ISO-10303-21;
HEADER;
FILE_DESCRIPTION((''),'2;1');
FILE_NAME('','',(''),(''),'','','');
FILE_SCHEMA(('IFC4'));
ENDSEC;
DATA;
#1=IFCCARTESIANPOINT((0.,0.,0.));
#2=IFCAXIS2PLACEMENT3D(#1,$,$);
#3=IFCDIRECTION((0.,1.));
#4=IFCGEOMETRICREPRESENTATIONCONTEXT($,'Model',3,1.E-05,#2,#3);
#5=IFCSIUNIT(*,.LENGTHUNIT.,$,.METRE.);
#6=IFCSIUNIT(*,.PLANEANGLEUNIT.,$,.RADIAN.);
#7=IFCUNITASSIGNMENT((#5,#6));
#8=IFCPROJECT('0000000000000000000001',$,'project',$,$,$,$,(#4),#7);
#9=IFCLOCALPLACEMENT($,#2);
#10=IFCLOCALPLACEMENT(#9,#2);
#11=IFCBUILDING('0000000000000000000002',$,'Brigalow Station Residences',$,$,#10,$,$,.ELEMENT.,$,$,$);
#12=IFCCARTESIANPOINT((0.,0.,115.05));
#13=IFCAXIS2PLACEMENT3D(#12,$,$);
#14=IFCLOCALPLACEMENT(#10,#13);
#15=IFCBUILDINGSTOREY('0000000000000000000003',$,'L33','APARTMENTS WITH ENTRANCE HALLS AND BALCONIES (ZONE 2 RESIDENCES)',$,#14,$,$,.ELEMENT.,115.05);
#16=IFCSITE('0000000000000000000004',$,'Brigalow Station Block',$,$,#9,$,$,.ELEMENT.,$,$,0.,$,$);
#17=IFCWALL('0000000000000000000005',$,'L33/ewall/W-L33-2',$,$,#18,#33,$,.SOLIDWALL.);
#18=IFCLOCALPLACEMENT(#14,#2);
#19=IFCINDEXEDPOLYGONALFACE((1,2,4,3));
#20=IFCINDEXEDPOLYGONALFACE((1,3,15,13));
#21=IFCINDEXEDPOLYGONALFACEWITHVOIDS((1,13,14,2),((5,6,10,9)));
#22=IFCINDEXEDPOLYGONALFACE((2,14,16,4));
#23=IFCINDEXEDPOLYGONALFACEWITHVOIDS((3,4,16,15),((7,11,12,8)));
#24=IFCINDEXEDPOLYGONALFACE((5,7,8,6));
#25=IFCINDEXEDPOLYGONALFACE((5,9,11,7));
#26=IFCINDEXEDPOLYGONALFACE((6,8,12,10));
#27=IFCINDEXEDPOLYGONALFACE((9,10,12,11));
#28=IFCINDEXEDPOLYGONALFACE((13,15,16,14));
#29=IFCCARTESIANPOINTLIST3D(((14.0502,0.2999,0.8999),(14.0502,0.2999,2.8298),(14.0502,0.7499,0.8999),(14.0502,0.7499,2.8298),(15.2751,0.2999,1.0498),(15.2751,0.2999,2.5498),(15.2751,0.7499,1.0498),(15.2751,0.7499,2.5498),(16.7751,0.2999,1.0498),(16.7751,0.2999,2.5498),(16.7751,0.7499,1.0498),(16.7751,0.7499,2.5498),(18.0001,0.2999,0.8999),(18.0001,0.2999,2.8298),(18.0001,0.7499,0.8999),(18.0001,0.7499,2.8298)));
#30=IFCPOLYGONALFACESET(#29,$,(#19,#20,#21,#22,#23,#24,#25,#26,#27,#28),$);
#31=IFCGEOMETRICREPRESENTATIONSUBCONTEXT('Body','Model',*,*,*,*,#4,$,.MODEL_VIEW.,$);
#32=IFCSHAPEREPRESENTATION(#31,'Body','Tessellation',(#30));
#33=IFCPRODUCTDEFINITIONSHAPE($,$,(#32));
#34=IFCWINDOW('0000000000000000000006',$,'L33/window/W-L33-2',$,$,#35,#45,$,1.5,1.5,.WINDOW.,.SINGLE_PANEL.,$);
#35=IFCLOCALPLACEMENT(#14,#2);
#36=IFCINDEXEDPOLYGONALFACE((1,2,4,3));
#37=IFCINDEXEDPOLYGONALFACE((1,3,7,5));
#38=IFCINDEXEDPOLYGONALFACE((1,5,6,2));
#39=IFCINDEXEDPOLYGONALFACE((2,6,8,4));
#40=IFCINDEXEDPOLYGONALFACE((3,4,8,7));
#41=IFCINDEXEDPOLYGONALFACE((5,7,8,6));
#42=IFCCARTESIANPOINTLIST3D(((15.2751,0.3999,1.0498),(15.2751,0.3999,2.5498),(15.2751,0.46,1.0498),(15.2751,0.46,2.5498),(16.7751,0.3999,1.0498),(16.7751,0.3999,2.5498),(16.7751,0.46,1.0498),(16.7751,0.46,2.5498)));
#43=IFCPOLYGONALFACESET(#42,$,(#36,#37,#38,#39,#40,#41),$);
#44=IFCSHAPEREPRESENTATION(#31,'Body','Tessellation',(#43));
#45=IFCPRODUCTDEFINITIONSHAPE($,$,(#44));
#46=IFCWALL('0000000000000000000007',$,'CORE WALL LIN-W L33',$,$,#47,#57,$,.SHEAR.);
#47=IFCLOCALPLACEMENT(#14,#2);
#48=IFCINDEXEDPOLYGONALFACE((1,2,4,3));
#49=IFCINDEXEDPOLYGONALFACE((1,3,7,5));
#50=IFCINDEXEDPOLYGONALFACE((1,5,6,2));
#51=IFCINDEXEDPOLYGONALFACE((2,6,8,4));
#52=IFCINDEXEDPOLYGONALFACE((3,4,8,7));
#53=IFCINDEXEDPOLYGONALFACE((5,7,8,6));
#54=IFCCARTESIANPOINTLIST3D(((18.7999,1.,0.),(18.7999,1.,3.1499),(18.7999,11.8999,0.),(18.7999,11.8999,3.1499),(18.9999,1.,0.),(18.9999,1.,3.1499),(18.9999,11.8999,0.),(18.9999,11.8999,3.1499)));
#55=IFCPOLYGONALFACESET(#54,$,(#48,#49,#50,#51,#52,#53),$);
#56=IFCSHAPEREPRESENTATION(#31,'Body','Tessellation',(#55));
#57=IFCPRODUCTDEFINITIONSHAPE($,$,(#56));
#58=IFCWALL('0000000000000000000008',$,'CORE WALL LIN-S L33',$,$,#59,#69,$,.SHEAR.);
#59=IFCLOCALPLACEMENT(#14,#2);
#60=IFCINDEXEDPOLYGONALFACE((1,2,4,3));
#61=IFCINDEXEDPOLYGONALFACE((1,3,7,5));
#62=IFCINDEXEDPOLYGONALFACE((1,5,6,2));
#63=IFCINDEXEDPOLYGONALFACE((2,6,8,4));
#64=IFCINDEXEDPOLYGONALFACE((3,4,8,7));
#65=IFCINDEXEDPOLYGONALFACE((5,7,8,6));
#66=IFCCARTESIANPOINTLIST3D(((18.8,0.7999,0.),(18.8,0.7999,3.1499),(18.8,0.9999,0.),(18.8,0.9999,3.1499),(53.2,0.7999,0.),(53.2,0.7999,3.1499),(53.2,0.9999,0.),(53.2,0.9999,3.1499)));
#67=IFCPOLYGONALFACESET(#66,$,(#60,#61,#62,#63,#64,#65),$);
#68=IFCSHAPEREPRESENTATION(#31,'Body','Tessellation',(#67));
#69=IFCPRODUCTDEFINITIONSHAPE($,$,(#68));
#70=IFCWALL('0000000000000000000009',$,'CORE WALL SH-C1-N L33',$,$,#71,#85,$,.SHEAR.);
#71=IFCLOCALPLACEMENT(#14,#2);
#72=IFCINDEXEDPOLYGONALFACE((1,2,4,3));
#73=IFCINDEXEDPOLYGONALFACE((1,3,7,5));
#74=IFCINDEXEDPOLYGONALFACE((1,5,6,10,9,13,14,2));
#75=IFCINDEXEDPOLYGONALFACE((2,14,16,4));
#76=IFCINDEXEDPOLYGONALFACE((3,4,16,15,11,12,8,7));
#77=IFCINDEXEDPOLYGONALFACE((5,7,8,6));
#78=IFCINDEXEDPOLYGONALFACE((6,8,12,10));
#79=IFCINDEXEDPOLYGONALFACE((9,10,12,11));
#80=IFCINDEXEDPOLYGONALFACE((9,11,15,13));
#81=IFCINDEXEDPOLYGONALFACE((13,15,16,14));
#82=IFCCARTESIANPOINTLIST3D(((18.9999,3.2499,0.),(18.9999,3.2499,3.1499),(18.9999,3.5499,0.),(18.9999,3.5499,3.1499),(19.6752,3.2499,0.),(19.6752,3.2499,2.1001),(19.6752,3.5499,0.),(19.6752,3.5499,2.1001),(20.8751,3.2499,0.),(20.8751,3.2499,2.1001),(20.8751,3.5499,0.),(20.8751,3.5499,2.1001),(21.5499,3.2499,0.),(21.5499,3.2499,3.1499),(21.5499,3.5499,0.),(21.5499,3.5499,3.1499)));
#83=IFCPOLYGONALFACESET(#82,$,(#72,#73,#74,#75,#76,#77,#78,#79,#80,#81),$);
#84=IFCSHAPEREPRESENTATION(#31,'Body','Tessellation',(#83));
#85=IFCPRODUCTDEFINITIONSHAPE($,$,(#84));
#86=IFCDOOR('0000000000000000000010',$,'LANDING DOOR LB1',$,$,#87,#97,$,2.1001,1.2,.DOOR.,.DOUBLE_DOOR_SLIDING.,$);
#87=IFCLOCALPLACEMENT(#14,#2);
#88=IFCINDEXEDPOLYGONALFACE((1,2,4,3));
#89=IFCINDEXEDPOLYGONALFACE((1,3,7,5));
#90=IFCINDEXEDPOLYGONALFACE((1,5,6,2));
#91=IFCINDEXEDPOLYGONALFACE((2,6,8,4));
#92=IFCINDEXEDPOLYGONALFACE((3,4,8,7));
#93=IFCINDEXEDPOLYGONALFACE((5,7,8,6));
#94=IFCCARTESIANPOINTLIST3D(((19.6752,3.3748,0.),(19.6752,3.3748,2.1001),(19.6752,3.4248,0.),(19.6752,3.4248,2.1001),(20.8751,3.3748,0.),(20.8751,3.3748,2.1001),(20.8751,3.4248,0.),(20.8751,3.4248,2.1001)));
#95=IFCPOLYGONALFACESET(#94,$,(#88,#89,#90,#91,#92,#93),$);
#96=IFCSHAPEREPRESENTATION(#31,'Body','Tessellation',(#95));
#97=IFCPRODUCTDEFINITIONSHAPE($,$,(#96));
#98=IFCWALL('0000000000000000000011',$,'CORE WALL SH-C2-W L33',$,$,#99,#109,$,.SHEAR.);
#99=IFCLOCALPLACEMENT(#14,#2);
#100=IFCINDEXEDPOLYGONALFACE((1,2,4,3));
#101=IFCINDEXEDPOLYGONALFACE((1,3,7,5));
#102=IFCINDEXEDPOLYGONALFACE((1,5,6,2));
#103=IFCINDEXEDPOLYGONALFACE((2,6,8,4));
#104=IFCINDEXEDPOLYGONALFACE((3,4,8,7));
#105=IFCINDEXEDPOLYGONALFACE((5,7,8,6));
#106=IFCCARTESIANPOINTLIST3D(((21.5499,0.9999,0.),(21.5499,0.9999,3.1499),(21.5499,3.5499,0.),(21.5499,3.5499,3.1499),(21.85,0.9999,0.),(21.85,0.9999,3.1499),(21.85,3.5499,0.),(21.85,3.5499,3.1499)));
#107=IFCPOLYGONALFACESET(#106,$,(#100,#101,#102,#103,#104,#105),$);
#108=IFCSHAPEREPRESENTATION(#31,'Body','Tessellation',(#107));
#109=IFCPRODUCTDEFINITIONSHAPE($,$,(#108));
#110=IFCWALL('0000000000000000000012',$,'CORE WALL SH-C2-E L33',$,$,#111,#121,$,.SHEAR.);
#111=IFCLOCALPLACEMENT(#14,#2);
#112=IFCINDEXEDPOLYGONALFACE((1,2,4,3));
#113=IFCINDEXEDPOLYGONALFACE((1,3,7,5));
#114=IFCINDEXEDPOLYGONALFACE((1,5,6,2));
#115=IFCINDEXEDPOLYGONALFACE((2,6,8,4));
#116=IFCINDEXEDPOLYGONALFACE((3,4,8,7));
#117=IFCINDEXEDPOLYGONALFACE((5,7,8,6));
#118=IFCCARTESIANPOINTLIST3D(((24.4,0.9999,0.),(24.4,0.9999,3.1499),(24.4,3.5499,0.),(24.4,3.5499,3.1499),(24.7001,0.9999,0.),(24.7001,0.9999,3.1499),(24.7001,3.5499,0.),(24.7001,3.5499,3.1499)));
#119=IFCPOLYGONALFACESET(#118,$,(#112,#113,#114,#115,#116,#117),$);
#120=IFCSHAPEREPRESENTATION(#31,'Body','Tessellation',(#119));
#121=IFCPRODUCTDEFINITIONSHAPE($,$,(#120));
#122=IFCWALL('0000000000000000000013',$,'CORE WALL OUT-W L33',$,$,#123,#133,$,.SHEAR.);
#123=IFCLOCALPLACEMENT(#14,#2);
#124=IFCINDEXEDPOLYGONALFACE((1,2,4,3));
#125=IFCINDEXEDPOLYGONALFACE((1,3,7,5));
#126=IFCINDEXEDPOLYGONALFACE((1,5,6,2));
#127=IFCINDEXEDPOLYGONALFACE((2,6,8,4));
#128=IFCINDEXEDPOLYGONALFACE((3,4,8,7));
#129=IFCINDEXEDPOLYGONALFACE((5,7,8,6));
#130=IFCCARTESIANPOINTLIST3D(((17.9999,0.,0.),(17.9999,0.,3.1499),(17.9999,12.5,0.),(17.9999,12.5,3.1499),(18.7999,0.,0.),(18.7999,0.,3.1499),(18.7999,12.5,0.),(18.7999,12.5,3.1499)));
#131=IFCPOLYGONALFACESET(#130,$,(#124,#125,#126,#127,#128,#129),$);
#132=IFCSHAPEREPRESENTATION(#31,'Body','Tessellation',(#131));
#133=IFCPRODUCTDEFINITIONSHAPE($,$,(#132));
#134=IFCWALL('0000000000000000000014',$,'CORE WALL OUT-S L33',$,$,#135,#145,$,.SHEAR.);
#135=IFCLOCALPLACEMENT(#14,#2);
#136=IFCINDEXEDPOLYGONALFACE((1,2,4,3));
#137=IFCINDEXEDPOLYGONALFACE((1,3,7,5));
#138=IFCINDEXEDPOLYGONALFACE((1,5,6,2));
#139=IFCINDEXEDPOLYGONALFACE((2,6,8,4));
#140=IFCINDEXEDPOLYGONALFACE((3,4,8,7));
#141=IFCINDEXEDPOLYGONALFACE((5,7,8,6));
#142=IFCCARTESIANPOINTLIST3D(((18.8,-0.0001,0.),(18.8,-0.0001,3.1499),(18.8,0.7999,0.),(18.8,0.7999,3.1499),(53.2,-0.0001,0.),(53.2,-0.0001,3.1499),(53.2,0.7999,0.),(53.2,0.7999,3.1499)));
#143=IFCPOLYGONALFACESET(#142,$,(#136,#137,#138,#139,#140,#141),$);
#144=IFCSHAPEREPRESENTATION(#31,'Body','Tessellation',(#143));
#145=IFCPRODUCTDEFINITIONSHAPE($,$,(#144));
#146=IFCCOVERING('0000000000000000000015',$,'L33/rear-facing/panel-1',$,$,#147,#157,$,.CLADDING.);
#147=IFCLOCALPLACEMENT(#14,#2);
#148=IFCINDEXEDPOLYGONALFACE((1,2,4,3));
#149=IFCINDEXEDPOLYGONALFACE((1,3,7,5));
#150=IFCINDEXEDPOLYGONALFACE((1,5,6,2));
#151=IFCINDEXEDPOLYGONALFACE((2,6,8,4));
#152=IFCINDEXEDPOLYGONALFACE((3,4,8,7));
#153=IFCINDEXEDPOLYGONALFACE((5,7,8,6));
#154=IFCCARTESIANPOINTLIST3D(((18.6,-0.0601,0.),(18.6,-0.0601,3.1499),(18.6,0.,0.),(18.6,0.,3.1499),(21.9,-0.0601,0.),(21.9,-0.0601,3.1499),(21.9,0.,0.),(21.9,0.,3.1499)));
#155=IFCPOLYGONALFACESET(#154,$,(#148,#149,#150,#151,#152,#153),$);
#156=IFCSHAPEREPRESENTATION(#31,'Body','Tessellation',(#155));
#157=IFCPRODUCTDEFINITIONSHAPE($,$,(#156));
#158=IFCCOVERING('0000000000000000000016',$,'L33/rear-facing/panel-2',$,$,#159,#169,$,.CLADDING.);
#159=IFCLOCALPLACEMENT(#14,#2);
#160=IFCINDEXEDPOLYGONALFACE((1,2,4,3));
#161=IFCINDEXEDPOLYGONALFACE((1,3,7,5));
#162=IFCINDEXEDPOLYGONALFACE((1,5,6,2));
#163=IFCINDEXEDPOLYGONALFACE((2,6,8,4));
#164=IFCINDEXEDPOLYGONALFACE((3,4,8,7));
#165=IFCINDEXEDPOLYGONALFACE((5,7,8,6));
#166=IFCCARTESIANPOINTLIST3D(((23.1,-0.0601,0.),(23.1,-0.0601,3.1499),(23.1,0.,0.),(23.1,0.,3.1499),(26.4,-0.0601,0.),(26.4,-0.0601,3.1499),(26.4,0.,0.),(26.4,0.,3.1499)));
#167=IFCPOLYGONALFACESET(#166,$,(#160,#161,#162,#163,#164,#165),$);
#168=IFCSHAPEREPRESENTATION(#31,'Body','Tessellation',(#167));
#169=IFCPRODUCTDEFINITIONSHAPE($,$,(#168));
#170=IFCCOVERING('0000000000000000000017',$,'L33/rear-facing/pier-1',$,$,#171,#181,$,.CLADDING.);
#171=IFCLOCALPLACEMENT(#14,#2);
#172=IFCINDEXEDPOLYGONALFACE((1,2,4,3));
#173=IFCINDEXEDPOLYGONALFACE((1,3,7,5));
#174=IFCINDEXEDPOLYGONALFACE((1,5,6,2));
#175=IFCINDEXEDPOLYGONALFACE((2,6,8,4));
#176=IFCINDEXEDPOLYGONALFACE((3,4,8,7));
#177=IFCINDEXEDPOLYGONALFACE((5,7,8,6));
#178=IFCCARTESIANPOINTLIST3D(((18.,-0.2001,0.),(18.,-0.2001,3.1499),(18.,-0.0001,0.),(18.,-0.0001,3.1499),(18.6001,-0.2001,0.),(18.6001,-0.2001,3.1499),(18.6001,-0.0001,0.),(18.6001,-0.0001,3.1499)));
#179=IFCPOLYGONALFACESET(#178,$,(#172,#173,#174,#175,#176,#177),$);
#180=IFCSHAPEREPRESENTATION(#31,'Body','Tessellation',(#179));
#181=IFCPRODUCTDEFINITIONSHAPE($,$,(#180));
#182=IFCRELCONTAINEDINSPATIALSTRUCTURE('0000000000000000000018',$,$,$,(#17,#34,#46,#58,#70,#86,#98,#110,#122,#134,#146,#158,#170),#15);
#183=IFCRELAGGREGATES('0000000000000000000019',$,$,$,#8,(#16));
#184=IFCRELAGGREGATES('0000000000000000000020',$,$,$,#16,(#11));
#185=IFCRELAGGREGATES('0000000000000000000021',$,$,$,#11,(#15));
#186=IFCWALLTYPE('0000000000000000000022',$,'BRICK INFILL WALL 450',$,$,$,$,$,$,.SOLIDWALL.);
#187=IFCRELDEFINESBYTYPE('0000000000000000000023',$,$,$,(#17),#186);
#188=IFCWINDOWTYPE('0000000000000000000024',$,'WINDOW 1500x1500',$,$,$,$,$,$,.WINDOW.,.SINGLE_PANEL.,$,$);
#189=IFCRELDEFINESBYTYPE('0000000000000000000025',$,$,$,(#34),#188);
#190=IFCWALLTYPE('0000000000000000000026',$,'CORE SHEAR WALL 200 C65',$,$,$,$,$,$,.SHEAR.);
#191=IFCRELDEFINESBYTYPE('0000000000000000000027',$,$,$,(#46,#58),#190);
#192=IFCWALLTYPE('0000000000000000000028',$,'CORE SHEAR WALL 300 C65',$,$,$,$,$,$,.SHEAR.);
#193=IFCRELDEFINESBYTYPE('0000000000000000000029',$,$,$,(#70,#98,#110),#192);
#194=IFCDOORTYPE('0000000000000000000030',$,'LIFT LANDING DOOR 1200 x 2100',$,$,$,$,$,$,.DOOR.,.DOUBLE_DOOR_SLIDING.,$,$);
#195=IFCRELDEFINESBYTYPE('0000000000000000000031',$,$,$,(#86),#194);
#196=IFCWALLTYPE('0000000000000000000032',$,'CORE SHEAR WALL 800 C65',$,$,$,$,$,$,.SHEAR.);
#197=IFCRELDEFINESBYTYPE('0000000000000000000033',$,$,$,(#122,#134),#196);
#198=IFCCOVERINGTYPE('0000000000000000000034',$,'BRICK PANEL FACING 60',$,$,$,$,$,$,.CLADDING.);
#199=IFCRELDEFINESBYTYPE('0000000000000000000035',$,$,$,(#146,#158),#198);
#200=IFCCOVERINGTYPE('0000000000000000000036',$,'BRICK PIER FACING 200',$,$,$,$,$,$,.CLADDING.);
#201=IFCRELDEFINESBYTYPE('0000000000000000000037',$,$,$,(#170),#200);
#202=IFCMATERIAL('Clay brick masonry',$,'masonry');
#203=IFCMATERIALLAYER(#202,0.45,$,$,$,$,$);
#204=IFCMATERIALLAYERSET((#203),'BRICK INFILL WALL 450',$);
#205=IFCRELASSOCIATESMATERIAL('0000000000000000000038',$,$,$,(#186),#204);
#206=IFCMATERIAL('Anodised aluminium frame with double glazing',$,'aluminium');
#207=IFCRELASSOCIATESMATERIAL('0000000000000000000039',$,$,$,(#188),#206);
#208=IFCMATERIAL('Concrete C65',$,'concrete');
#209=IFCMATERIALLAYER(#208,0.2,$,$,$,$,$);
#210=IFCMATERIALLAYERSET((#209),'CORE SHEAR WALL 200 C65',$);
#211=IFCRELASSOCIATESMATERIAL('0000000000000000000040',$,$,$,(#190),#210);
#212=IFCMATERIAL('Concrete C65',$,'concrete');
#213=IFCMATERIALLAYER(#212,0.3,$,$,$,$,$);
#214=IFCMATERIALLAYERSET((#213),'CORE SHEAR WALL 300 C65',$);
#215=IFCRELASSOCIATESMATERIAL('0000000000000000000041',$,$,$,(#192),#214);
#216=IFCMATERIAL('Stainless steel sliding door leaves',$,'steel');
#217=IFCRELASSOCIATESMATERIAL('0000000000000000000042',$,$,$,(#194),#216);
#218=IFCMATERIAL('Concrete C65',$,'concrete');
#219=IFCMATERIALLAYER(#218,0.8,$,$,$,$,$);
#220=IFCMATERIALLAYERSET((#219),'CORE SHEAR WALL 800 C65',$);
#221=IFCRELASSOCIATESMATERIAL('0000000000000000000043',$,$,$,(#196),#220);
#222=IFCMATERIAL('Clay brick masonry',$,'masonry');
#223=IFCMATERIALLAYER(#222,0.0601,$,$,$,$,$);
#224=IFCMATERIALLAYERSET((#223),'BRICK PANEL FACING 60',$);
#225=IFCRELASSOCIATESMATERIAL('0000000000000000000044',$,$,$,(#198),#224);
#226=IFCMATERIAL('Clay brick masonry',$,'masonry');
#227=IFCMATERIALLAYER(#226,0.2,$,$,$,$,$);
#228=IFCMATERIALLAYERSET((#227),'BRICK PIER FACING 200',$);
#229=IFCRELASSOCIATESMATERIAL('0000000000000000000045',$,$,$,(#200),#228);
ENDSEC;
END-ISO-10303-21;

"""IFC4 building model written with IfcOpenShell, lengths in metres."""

from ifc_helpers import new_model, si_unit, direction, frame, frame_2d, origin, origin_2d, place, context, subcontext, project, spatial, rectangle, extrude, material, layer, layer_set, type_object, element, fill, save


model = new_model("IFC4")

# Units and contexts
model_context = context("Model", 3, precision=1e-05, world=origin(), true_north=direction((0.0, 1.0)))
body_context = subcontext(model_context, "Body", "Model", "MODEL_VIEW")
ifc_project = project(units=[si_unit("LENGTHUNIT", "METRE"), si_unit("PLANEANGLEUNIT", "RADIAN")], contexts=[model_context])

# Site, building, storey
site_placement = place(None, origin())
site = spatial("IfcSite", under=ifc_project, at=site_placement, Name="Brigalow Station Block", CompositionType="ELEMENT", RefElevation=0.0)
building_placement = place(site_placement, origin())
building = spatial("IfcBuilding", under=site, at=building_placement, Name="Brigalow Station Residences", CompositionType="ELEMENT")
storey_placement = place(building_placement, frame((0.0, 0.0, 115.05)))
storey = spatial("IfcBuildingStorey", under=building, at=storey_placement, Name="L33", Description="APARTMENTS WITH ENTRANCE HALLS AND BALCONIES (ZONE 2 RESIDENCES)", CompositionType="ELEMENT", Elevation=115.05)

# Wall, opening, window
ifc_material_1 = material(Name="Clay brick masonry", Category="masonry")
ifc_layer_1 = layer(ifc_material_1, 0.45)
ifc_layer_set_1 = layer_set([ifc_layer_1], Name="BRICK INFILL WALL 450")
wall_type_1 = type_object("IfcWallType", Name="BRICK INFILL WALL 450", PredefinedType="SOLIDWALL", material=ifc_layer_set_1)
wall_1_placement = place(storey_placement, frame((14.05, 0.5249, 0.8999), z_axis=(0.0, 0.0, 1.0), x_axis=(1.0, 0.0, 0.0)))
wall_1 = element("IfcWall", 1, at=wall_1_placement, inside=storey, type_object=wall_type_1, Name="L33/ewall/W-L33-2", PredefinedType="SOLIDWALL", context=body_context, shape_type="SweptSolid", body=[
    extrude(rectangle(XDim=3.95, YDim=0.45, at=frame_2d((1.9751, 0.0))), origin(), (0.0, 0.0, 1.0), 1.9299),
])
opening_1_placement = place(wall_1_placement, frame((1.2251, 0.0, 0.1499)))
opening_1 = element("IfcOpeningElement", 2, at=opening_1_placement, cuts=wall_1, PredefinedType="OPENING", context=body_context, shape_type="SweptSolid", body=[
    extrude(rectangle(XDim=1.5, YDim=1.5, at=frame_2d((0.75, 0.75))), frame((0.0, 0.2349, 0.0), z_axis=(0.0, -1.0, 0.0), x_axis=(1.0, 0.0, 0.0)), (0.0, 0.0, 1.0), 0.47),
])
ifc_material_2 = material(Name="Anodised aluminium frame with double glazing", Category="aluminium")
window_type = type_object("IfcWindowType", Name="WINDOW 1500x1500", PartitioningType="SINGLE_PANEL", PredefinedType="WINDOW", material=ifc_material_2)
window_placement = place(opening_1_placement, origin())
window = element("IfcWindow", 3, at=window_placement, inside=storey, type_object=window_type, Name="L33/window/W-L33-2", OverallHeight=1.5, OverallWidth=1.5, PartitioningType="SINGLE_PANEL", PredefinedType="WINDOW", context=body_context, shape_type="SweptSolid", body=[
    extrude(rectangle(XDim=1.5, YDim=1.5, at=frame_2d((0.75, 0.75))), frame((0.0, -0.0649, 0.0), z_axis=(0.0, -1.0, 0.0), x_axis=(1.0, 0.0, 0.0)), (0.0, 0.0, 1.0), 0.0601),
])
fill(opening_1, window)

# Walls
ifc_material_3 = material(Name="Concrete C65", Category="concrete")
ifc_layer_2 = layer(ifc_material_3, 0.2)
ifc_layer_set_2 = layer_set([ifc_layer_2], Name="CORE SHEAR WALL 200 C65")
wall_type_2 = type_object("IfcWallType", Name="CORE SHEAR WALL 200 C65", PredefinedType="SHEAR", material=ifc_layer_set_2)
wall_2_placement = place(storey_placement, frame((18.8999, 1.0, 0.0), z_axis=(0.0, 0.0, 1.0), x_axis=(0.0, 1.0, 0.0)))
element("IfcWall", 4, at=wall_2_placement, inside=storey, type_object=wall_type_2, Name="CORE WALL LIN-W L33", PredefinedType="SHEAR", context=body_context, shape_type="SweptSolid", body=[
    extrude(rectangle(XDim=10.8999, YDim=0.2, at=frame_2d((5.45, 0.0))), origin(), (0.0, 0.0, 1.0), 3.1499),
])
wall_3_placement = place(storey_placement, frame((18.8, 0.8999, 0.0), z_axis=(0.0, 0.0, 1.0), x_axis=(1.0, 0.0, 0.0)))
element("IfcWall", 5, at=wall_3_placement, inside=storey, type_object=wall_type_2, Name="CORE WALL LIN-S L33", PredefinedType="SHEAR", context=body_context, shape_type="SweptSolid", body=[
    extrude(rectangle(XDim=34.3999, YDim=0.2, at=frame_2d((17.2, 0.0))), origin(), (0.0, 0.0, 1.0), 3.1499),
])

# Wall, opening, door
ifc_material_4 = material(Name="Concrete C65", Category="concrete")
ifc_layer_3 = layer(ifc_material_4, 0.3)
ifc_layer_set_3 = layer_set([ifc_layer_3], Name="CORE SHEAR WALL 300 C65")
wall_type_3 = type_object("IfcWallType", Name="CORE SHEAR WALL 300 C65", PredefinedType="SHEAR", material=ifc_layer_set_3)
wall_4_placement = place(storey_placement, frame((19.0, 3.3999, 0.0), z_axis=(0.0, 0.0, 1.0), x_axis=(1.0, 0.0, 0.0)))
wall_4 = element("IfcWall", 6, at=wall_4_placement, inside=storey, type_object=wall_type_3, Name="CORE WALL SH-C1-N L33", PredefinedType="SHEAR", context=body_context, shape_type="SweptSolid", body=[
    extrude(rectangle(XDim=2.55, YDim=0.3, at=frame_2d((1.2749, 0.0))), origin(), (0.0, 0.0, 1.0), 3.1499),
])
opening_2_placement = place(wall_4_placement, frame((0.675, 0.0, 0.0)))
opening_2 = element("IfcOpeningElement", 7, at=opening_2_placement, cuts=wall_4, PredefinedType="OPENING", context=body_context, shape_type="SweptSolid", body=[
    extrude(rectangle(XDim=1.2, YDim=2.1001, at=frame_2d((0.6001, 1.05))), frame((0.0, 0.1602, 0.0), z_axis=(0.0, -1.0, 0.0), x_axis=(1.0, 0.0, 0.0)), (0.0, 0.0, 1.0), 0.3201),
])
ifc_material_5 = material(Name="Stainless steel sliding door leaves", Category="steel")
door_type = type_object("IfcDoorType", Name="LIFT LANDING DOOR 1200 x 2100", OperationType="DOUBLE_DOOR_SLIDING", PredefinedType="DOOR", material=ifc_material_5)
door_placement = place(opening_2_placement, origin())
door = element("IfcDoor", 8, at=door_placement, inside=storey, type_object=door_type, Name="LANDING DOOR LB1", OperationType="DOUBLE_DOOR_SLIDING", OverallHeight=2.1001, OverallWidth=1.2, PredefinedType="DOOR", context=body_context, shape_type="SweptSolid", body=[
    extrude(rectangle(XDim=1.2, YDim=2.1001, at=frame_2d((0.6001, 1.05))), frame((0.0, 0.0249, 0.0), z_axis=(0.0, -1.0, 0.0), x_axis=(1.0, 0.0, 0.0)), (0.0, 0.0, 1.0), 0.05),
])
fill(opening_2, door)

# Walls
for number, where, z_axis, x_axis, name in (
    (9, (21.7, 1.0, 0.0), (0.0, 0.0, 1.0), (0.0, 1.0, 0.0), "CORE WALL SH-C2-W L33"),
    (10, (24.55, 1.0, 0.0), (0.0, 0.0, 1.0), (0.0, 1.0, 0.0), "CORE WALL SH-C2-E L33"),
):
    element("IfcWall", number, at=place(storey_placement, frame(where, z_axis=z_axis, x_axis=x_axis)), inside=storey, type_object=wall_type_3, Name=name, PredefinedType="SHEAR", context=body_context, shape_type="SweptSolid", body=[
        extrude(rectangle(XDim=2.55, YDim=0.3, at=frame_2d((1.2749, 0.0))), origin(), (0.0, 0.0, 1.0), 3.1499),
    ])
ifc_material_6 = material(Name="Concrete C65", Category="concrete")
ifc_layer_4 = layer(ifc_material_6, 0.8)
ifc_layer_set_4 = layer_set([ifc_layer_4], Name="CORE SHEAR WALL 800 C65")
wall_type_4 = type_object("IfcWallType", Name="CORE SHEAR WALL 800 C65", PredefinedType="SHEAR", material=ifc_layer_set_4)
wall_5_placement = place(storey_placement, frame((18.3999, 0.0, 0.0), z_axis=(0.0, 0.0, 1.0), x_axis=(0.0, 1.0, 0.0)))
element("IfcWall", 11, at=wall_5_placement, inside=storey, type_object=wall_type_4, Name="CORE WALL OUT-W L33", PredefinedType="SHEAR", context=body_context, shape_type="SweptSolid", body=[
    extrude(rectangle(XDim=12.5, YDim=0.8, at=frame_2d((6.25, 0.0))), origin(), (0.0, 0.0, 1.0), 3.1499),
])
wall_6_placement = place(storey_placement, frame((18.8, 0.3999, 0.0), z_axis=(0.0, 0.0, 1.0), x_axis=(1.0, 0.0, 0.0)))
element("IfcWall", 12, at=wall_6_placement, inside=storey, type_object=wall_type_4, Name="CORE WALL OUT-S L33", PredefinedType="SHEAR", context=body_context, shape_type="SweptSolid", body=[
    extrude(rectangle(XDim=34.3999, YDim=0.8, at=frame_2d((17.2, 0.0))), origin(), (0.0, 0.0, 1.0), 3.1499),
])

# Coverings
ifc_material_7 = material(Name="Clay brick masonry", Category="masonry")
ifc_layer_5 = layer(ifc_material_7, 0.0601)
ifc_layer_set_5 = layer_set([ifc_layer_5], Name="BRICK PANEL FACING 60")
covering_type_1 = type_object("IfcCoveringType", Name="BRICK PANEL FACING 60", PredefinedType="CLADDING", material=ifc_layer_set_5)
for number, where, z_axis, x_axis, name in (
    (13, (20.25, -0.03, 0.0), (0.0, 0.0, 1.0), (1.0, 0.0, 0.0), "L33/rear-facing/panel-1"),
    (14, (24.75, -0.03, 0.0), (0.0, 0.0, 1.0), (1.0, 0.0, 0.0), "L33/rear-facing/panel-2"),
):
    element("IfcCovering", number, at=place(storey_placement, frame(where, z_axis=z_axis, x_axis=x_axis)), inside=storey, type_object=covering_type_1, Name=name, PredefinedType="CLADDING", context=body_context, shape_type="SweptSolid", body=[
        extrude(rectangle(XDim=3.3, YDim=0.0601, at=origin_2d()), origin(), (0.0, 0.0, 1.0), 3.1499),
    ])
ifc_material_8 = material(Name="Clay brick masonry", Category="masonry")
ifc_layer_6 = layer(ifc_material_8, 0.2)
ifc_layer_set_6 = layer_set([ifc_layer_6], Name="BRICK PIER FACING 200")
covering_type_2 = type_object("IfcCoveringType", Name="BRICK PIER FACING 200", PredefinedType="CLADDING", material=ifc_layer_set_6)
covering_1_placement = place(storey_placement, frame((18.3, -0.1001, 0.0), z_axis=(0.0, 0.0, 1.0), x_axis=(1.0, 0.0, 0.0)))
element("IfcCovering", 15, at=covering_1_placement, inside=storey, type_object=covering_type_2, Name="L33/rear-facing/pier-1", PredefinedType="CLADDING", context=body_context, shape_type="SweptSolid", body=[
    extrude(rectangle(XDim=0.6001, YDim=0.2, at=origin_2d()), origin(), (0.0, 0.0, 1.0), 3.1499),
])

save(model, "model.ifc")
